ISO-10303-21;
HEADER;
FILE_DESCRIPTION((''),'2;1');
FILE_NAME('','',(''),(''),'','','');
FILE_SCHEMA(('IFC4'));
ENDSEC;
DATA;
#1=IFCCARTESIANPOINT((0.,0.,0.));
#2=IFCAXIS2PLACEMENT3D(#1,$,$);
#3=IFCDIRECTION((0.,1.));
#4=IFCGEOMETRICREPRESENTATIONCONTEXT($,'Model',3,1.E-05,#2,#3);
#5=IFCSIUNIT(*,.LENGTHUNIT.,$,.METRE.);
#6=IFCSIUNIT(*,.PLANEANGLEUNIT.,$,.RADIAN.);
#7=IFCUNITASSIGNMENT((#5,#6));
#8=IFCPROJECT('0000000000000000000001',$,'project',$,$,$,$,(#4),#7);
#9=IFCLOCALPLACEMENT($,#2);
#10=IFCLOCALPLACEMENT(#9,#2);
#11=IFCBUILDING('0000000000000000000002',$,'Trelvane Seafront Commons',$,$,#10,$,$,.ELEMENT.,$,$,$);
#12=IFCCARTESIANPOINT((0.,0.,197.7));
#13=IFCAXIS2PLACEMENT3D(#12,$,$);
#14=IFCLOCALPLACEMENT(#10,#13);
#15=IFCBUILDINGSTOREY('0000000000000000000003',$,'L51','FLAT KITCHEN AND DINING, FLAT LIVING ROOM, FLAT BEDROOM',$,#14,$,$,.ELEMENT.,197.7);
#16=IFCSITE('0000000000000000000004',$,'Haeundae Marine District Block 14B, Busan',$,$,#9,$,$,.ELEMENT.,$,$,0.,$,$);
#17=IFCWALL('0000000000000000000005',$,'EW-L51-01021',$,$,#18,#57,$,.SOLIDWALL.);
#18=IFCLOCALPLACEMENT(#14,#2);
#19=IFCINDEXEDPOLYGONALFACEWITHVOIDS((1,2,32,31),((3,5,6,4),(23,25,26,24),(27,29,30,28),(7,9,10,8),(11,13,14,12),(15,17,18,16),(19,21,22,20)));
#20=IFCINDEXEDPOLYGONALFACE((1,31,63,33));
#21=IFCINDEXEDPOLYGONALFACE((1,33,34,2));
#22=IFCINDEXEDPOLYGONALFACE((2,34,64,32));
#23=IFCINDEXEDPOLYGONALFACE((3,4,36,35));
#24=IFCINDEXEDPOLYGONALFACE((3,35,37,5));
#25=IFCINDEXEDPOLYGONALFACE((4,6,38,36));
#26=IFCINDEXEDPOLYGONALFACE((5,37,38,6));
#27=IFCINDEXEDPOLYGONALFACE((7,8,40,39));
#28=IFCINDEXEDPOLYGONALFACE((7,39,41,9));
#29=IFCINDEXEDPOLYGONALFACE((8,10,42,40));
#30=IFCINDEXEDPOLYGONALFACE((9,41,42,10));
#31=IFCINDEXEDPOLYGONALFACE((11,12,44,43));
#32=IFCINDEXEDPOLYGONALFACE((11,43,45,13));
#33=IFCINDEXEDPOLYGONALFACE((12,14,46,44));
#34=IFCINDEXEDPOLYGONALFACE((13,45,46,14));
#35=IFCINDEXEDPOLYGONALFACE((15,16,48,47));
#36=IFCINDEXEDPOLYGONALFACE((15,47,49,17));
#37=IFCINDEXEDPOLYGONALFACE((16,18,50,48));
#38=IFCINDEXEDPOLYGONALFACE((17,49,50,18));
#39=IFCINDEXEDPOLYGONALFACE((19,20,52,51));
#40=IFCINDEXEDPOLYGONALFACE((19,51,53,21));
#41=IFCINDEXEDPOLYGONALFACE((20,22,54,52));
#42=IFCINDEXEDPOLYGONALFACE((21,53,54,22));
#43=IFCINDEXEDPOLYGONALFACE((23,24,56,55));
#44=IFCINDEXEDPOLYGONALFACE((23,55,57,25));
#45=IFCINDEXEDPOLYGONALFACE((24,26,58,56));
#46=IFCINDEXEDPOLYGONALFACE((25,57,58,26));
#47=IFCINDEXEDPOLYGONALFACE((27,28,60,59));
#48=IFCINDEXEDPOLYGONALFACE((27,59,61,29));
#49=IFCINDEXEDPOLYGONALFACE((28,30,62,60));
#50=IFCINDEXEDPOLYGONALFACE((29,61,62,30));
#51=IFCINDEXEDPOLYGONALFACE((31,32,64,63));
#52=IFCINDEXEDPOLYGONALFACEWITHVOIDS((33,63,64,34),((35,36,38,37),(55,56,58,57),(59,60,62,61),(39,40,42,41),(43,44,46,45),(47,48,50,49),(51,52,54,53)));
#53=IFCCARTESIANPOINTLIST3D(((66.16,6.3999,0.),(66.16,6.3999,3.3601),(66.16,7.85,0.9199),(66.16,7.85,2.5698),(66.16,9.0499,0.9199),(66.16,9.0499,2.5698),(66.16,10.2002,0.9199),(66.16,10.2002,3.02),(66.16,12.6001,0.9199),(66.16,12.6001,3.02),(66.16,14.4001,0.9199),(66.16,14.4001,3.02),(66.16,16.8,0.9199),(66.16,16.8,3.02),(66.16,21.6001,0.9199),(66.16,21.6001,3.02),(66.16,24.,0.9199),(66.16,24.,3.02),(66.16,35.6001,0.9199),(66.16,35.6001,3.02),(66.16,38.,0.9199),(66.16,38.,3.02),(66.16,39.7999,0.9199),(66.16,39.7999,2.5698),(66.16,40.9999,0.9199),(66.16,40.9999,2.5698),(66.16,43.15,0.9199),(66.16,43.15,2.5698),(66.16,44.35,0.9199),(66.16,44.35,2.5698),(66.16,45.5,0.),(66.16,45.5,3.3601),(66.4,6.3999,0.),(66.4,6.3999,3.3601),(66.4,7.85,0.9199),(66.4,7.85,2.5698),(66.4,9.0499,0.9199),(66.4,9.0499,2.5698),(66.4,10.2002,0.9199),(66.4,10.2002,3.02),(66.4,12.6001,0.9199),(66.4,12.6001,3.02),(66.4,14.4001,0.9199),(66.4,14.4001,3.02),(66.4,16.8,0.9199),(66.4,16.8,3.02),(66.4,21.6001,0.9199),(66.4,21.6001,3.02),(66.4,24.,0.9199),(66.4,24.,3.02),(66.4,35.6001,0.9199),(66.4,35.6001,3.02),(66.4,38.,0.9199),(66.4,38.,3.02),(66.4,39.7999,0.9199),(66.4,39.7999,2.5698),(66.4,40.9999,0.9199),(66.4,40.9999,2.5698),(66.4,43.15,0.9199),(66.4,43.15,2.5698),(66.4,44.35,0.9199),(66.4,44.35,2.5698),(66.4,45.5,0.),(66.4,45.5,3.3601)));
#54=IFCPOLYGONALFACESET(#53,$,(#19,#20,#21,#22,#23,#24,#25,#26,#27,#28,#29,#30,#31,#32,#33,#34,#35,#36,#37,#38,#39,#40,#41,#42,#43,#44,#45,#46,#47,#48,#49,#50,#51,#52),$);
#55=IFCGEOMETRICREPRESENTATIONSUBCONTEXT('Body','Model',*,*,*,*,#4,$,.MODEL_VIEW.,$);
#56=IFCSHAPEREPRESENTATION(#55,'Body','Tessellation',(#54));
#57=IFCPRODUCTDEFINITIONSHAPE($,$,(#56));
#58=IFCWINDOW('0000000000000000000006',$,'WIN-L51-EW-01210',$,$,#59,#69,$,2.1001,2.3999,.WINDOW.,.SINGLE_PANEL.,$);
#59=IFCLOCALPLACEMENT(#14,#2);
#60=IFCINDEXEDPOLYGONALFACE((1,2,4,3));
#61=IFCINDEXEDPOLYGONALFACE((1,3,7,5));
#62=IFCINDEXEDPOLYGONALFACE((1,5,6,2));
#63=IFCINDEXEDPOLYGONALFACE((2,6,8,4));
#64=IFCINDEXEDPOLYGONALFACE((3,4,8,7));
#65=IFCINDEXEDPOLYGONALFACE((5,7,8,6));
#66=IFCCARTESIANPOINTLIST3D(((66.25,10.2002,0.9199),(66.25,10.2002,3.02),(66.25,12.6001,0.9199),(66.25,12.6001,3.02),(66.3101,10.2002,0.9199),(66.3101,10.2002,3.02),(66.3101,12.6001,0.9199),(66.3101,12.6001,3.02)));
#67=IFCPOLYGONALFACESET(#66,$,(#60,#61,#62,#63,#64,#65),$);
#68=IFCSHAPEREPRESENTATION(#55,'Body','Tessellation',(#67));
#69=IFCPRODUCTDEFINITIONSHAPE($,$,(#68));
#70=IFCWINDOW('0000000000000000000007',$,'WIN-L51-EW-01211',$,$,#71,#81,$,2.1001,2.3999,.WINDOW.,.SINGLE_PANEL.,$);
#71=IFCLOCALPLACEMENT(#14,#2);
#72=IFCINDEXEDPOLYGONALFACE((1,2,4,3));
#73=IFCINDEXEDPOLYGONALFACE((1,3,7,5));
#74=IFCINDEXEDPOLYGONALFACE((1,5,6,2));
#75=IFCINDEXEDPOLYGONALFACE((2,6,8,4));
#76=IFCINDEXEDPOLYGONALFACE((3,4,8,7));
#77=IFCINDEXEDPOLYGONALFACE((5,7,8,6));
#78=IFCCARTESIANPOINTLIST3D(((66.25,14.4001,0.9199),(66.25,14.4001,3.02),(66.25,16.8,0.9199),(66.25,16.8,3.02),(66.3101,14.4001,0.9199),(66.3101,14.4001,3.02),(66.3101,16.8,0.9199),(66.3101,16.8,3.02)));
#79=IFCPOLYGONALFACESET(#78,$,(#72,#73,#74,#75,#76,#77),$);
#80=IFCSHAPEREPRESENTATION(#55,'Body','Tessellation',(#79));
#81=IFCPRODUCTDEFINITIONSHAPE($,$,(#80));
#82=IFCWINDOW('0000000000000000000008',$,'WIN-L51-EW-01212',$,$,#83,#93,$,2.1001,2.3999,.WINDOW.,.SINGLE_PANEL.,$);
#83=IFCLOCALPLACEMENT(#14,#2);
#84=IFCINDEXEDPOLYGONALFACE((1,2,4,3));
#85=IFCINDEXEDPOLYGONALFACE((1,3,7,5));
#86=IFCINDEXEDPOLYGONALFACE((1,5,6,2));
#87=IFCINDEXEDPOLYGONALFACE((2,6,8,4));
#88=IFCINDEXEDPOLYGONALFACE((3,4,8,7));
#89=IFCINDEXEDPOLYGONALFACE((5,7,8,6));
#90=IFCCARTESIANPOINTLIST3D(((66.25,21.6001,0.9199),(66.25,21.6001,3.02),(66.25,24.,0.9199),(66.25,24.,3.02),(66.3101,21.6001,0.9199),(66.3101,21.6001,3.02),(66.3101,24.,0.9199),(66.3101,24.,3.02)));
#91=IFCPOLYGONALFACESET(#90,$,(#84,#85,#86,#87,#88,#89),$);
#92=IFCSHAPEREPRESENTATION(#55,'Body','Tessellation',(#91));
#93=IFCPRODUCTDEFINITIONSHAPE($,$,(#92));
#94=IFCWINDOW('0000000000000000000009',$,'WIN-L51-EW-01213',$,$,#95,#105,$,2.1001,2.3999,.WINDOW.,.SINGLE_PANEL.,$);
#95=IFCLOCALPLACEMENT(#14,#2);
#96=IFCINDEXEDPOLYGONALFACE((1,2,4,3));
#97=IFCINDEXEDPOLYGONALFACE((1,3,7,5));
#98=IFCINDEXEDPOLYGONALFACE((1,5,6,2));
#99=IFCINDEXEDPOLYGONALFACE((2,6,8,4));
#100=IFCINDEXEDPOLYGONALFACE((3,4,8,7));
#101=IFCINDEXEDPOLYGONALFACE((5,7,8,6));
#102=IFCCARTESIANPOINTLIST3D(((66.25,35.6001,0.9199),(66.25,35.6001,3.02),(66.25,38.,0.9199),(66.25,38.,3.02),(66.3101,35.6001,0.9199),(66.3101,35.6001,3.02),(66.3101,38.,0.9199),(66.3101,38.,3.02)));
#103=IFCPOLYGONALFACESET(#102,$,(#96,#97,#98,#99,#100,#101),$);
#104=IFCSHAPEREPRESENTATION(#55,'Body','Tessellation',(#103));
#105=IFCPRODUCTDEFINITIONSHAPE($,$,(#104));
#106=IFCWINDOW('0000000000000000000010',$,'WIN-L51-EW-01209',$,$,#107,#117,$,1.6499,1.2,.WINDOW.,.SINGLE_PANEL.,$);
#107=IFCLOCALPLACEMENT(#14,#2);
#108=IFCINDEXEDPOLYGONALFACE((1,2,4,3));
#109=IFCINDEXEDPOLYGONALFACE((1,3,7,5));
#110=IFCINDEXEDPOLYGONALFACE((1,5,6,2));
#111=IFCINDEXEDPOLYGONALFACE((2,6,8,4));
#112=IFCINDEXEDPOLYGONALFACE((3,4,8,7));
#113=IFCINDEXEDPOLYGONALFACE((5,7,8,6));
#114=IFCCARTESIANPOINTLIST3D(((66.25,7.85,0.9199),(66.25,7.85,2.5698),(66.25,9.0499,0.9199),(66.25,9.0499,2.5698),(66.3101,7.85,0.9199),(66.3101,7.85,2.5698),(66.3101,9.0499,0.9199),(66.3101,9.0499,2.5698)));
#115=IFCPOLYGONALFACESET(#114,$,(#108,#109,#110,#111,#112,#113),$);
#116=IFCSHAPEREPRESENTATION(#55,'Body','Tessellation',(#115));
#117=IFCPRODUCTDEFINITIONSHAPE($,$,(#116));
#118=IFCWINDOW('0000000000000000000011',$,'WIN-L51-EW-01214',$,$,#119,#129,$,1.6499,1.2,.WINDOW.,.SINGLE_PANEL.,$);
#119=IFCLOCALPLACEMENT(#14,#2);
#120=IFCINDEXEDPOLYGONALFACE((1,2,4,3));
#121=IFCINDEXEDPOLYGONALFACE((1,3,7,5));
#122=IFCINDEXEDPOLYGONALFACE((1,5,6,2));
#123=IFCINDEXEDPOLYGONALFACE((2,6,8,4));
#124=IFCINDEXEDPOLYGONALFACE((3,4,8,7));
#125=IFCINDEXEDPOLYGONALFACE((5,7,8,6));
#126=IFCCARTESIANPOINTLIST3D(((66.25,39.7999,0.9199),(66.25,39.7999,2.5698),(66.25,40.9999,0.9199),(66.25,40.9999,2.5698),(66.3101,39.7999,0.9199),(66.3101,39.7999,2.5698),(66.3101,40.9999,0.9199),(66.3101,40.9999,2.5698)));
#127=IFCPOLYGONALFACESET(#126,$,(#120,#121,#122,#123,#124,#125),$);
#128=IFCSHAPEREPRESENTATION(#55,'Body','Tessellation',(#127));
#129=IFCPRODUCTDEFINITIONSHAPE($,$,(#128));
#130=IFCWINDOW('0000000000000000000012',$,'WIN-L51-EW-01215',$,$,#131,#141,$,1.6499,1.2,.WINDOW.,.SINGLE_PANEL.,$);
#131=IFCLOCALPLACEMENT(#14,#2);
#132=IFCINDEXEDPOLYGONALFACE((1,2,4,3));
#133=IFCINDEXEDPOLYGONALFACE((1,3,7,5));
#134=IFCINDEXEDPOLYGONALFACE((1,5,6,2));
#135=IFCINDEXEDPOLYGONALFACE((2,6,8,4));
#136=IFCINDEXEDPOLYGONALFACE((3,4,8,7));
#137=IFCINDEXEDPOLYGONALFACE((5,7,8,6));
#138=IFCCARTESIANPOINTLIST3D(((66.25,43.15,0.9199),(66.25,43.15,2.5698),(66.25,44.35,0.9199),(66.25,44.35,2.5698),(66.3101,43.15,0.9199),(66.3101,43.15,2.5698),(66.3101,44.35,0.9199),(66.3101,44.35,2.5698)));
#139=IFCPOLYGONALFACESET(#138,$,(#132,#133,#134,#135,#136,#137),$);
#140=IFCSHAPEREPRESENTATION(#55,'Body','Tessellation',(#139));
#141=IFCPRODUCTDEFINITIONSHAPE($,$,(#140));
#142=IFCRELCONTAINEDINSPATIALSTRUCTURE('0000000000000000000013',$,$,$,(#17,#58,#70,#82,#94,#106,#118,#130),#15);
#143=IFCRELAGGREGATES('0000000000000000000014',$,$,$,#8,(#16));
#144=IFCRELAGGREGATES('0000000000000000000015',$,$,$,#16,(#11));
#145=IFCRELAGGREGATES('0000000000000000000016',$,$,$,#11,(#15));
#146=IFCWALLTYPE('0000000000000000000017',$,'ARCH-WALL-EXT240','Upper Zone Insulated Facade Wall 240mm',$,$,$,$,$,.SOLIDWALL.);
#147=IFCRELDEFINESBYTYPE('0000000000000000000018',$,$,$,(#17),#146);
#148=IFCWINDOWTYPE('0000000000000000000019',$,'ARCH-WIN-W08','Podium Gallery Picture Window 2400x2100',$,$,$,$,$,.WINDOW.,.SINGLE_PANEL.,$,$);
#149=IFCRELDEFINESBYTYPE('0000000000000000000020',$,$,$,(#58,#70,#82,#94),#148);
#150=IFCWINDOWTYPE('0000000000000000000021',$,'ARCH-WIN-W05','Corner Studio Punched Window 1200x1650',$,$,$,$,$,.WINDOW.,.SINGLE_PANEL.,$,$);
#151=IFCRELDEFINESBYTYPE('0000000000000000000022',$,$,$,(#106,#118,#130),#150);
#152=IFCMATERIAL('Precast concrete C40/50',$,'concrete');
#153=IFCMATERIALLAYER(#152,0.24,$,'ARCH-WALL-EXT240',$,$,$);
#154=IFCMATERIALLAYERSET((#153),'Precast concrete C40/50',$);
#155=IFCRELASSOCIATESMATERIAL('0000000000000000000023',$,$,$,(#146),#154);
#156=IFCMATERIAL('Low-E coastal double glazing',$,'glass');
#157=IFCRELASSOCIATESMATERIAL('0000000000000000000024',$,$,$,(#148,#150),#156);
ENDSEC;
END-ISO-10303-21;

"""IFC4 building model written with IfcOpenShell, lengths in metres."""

from ifc_helpers import new_model, si_unit, direction, frame, frame_2d, origin, place, context, subcontext, project, spatial, rectangle, extrude, source, transform, mapped, material, layer, layer_set, type_object, element, fill, save


model = new_model("IFC4")

# Units and contexts
model_context = context("Model", 3, precision=1e-05, world=origin(), true_north=direction((0.0, 1.0)))
body_context = subcontext(model_context, "Body", "Model", "MODEL_VIEW")
ifc_project = project(units=[si_unit("LENGTHUNIT", "METRE"), si_unit("PLANEANGLEUNIT", "RADIAN")], contexts=[model_context])

# Site, building, storey
site_placement = place(None, origin())
site = spatial("IfcSite", under=ifc_project, at=site_placement, Name="Haeundae Marine District Block 14B, Busan", CompositionType="ELEMENT", RefElevation=0.0)
building_placement = place(site_placement, origin())
building = spatial("IfcBuilding", under=site, at=building_placement, Name="Trelvane Seafront Commons", CompositionType="ELEMENT")
storey_placement = place(building_placement, frame((0.0, 0.0, 197.7)))
storey = spatial("IfcBuildingStorey", under=building, at=storey_placement, Name="L51", Description="FLAT KITCHEN AND DINING, FLAT LIVING ROOM, FLAT BEDROOM", CompositionType="ELEMENT", Elevation=197.7)

# Shared definitions
ifc_material_1 = material(Name="Low-E coastal double glazing", Category="glass")

# Shared definitions
ifc_material_2 = material(Name="Precast concrete C40/50", Category="concrete")
ifc_layer_1 = layer(ifc_material_2, 0.24, Name="ARCH-WALL-EXT240")
ifc_layer_set_1 = layer_set([ifc_layer_1], Name="Precast concrete C40/50")
wall_type = type_object("IfcWallType", Name="ARCH-WALL-EXT240", Description="Upper Zone Insulated Facade Wall 240mm", PredefinedType="SOLIDWALL", material=ifc_layer_set_1)

# Wall, openings, windows
wall_1_placement = place(storey_placement, frame((66.28, 45.5, 0.0), z_axis=(0.0, 0.0, 1.0), x_axis=(0.0, -1.0, 0.0)))
wall_1 = element("IfcWall", 1, at=wall_1_placement, inside=storey, type_object=wall_type, Name="EW-L51-01021", PredefinedType="SOLIDWALL", context=body_context, shape_type="SweptSolid", body=[
    extrude(rectangle(XDim=39.1001, YDim=0.24, at=frame_2d((19.55, 0.0))), origin(), (0.0, 0.0, 1.0), 3.3601),
])
opening_1_placement = place(wall_1_placement, frame((36.45, 0.0, 0.9199)))
opening_1 = element("IfcOpeningElement", 2, at=opening_1_placement, cuts=wall_1, PredefinedType="OPENING", context=body_context, shape_type="SweptSolid", body=[
    extrude(rectangle(XDim=1.2, YDim=1.6499, at=frame_2d((0.6001, 0.825))), frame((0.0, 0.1299, 0.0), z_axis=(0.0, -1.0, 0.0), x_axis=(1.0, 0.0, 0.0)), (0.0, 0.0, 1.0), 0.26),
])
opening_2_placement = place(wall_1_placement, frame((32.8999, 0.0, 0.9199)))
opening_2 = element("IfcOpeningElement", 3, at=opening_2_placement, cuts=wall_1, PredefinedType="OPENING", context=body_context, shape_type="SweptSolid", body=[
    extrude(rectangle(XDim=2.3999, YDim=2.1001, at=frame_2d((1.2, 1.05))), frame((0.0, 0.1299, 0.0), z_axis=(0.0, -1.0, 0.0), x_axis=(1.0, 0.0, 0.0)), (0.0, 0.0, 1.0), 0.26),
])
opening_3_placement = place(wall_1_placement, frame((28.7, 0.0, 0.9199)))
opening_3 = element("IfcOpeningElement", 4, at=opening_3_placement, cuts=wall_1, PredefinedType="OPENING", context=body_context, shape_type="SweptSolid", body=[
    extrude(rectangle(XDim=2.3999, YDim=2.1001, at=frame_2d((1.2, 1.05))), frame((0.0, 0.1299, 0.0), z_axis=(0.0, -1.0, 0.0), x_axis=(1.0, 0.0, 0.0)), (0.0, 0.0, 1.0), 0.26),
])
opening_4_placement = place(wall_1_placement, frame((21.5, 0.0, 0.9199)))
opening_4 = element("IfcOpeningElement", 5, at=opening_4_placement, cuts=wall_1, PredefinedType="OPENING", context=body_context, shape_type="SweptSolid", body=[
    extrude(rectangle(XDim=2.3999, YDim=2.1001, at=frame_2d((1.2, 1.05))), frame((0.0, 0.1299, 0.0), z_axis=(0.0, -1.0, 0.0), x_axis=(1.0, 0.0, 0.0)), (0.0, 0.0, 1.0), 0.26),
])
opening_5_placement = place(wall_1_placement, frame((7.5, 0.0, 0.9199)))
opening_5 = element("IfcOpeningElement", 6, at=opening_5_placement, cuts=wall_1, PredefinedType="OPENING", context=body_context, shape_type="SweptSolid", body=[
    extrude(rectangle(XDim=2.3999, YDim=2.1001, at=frame_2d((1.2, 1.05))), frame((0.0, 0.1299, 0.0), z_axis=(0.0, -1.0, 0.0), x_axis=(1.0, 0.0, 0.0)), (0.0, 0.0, 1.0), 0.26),
])
opening_6_placement = place(wall_1_placement, frame((4.5, 0.0, 0.9199)))
opening_6 = element("IfcOpeningElement", 7, at=opening_6_placement, cuts=wall_1, PredefinedType="OPENING", context=body_context, shape_type="SweptSolid", body=[
    extrude(rectangle(XDim=1.2, YDim=1.6499, at=frame_2d((0.6001, 0.825))), frame((0.0, 0.1299, 0.0), z_axis=(0.0, -1.0, 0.0), x_axis=(1.0, 0.0, 0.0)), (0.0, 0.0, 1.0), 0.26),
])
opening_7_placement = place(wall_1_placement, frame((1.1499, 0.0, 0.9199)))
opening_7 = element("IfcOpeningElement", 8, at=opening_7_placement, cuts=wall_1, PredefinedType="OPENING", context=body_context, shape_type="SweptSolid", body=[
    extrude(rectangle(XDim=1.2, YDim=1.6499, at=frame_2d((0.6001, 0.825))), frame((0.0, 0.1299, 0.0), z_axis=(0.0, -1.0, 0.0), x_axis=(1.0, 0.0, 0.0)), (0.0, 0.0, 1.0), 0.26),
])
window_type_1 = type_object("IfcWindowType", Name="ARCH-WIN-W08", Description="Podium Gallery Picture Window 2400x2100", PartitioningType="SINGLE_PANEL", PredefinedType="WINDOW", material=ifc_material_1)
shared_shape_1 = source(origin(), body_context, "Body", "SweptSolid", [
    extrude(rectangle(XDim=2.3999, YDim=2.1001, at=frame_2d((1.2, 1.05))), frame((0.0, 0.03, 0.0), z_axis=(0.0, -1.0, 0.0), x_axis=(1.0, 0.0, 0.0)), (0.0, 0.0, 1.0), 0.0601),
])
window_1_placement = place(opening_2_placement, origin())
window_1 = element("IfcWindow", 9, at=window_1_placement, inside=storey, type_object=window_type_1, Name="WIN-L51-EW-01210", OverallHeight=2.1001, OverallWidth=2.3999, PartitioningType="SINGLE_PANEL", PredefinedType="WINDOW", context=body_context, shape_type="MappedRepresentation", body=[
    mapped(shared_shape_1, transform((0.0, 0.0, 0.0), x_axis=(1.0, 0.0, 0.0), y_axis=(0.0, 1.0, 0.0), z_axis=(0.0, 0.0, 1.0), scale=1.0)),
])
fill(opening_2, window_1)
window_2_placement = place(opening_3_placement, origin())
window_2 = element("IfcWindow", 10, at=window_2_placement, inside=storey, type_object=window_type_1, Name="WIN-L51-EW-01211", OverallHeight=2.1001, OverallWidth=2.3999, PartitioningType="SINGLE_PANEL", PredefinedType="WINDOW", context=body_context, shape_type="MappedRepresentation", body=[
    mapped(shared_shape_1, transform((0.0, 0.0, 0.0), x_axis=(1.0, 0.0, 0.0), y_axis=(0.0, 1.0, 0.0), z_axis=(0.0, 0.0, 1.0), scale=1.0)),
])
fill(opening_3, window_2)
window_3_placement = place(opening_4_placement, origin())
window_3 = element("IfcWindow", 11, at=window_3_placement, inside=storey, type_object=window_type_1, Name="WIN-L51-EW-01212", OverallHeight=2.1001, OverallWidth=2.3999, PartitioningType="SINGLE_PANEL", PredefinedType="WINDOW", context=body_context, shape_type="MappedRepresentation", body=[
    mapped(shared_shape_1, transform((0.0, 0.0, 0.0), x_axis=(1.0, 0.0, 0.0), y_axis=(0.0, 1.0, 0.0), z_axis=(0.0, 0.0, 1.0), scale=1.0)),
])
fill(opening_4, window_3)
window_4_placement = place(opening_5_placement, origin())
window_4 = element("IfcWindow", 12, at=window_4_placement, inside=storey, type_object=window_type_1, Name="WIN-L51-EW-01213", OverallHeight=2.1001, OverallWidth=2.3999, PartitioningType="SINGLE_PANEL", PredefinedType="WINDOW", context=body_context, shape_type="MappedRepresentation", body=[
    mapped(shared_shape_1, transform((0.0, 0.0, 0.0), x_axis=(1.0, 0.0, 0.0), y_axis=(0.0, 1.0, 0.0), z_axis=(0.0, 0.0, 1.0), scale=1.0)),
])
fill(opening_5, window_4)
window_type_2 = type_object("IfcWindowType", Name="ARCH-WIN-W05", Description="Corner Studio Punched Window 1200x1650", PartitioningType="SINGLE_PANEL", PredefinedType="WINDOW", material=ifc_material_1)
shared_shape_2 = source(origin(), body_context, "Body", "SweptSolid", [
    extrude(rectangle(XDim=1.2, YDim=1.6499, at=frame_2d((0.6001, 0.825))), frame((0.0, 0.03, 0.0), z_axis=(0.0, -1.0, 0.0), x_axis=(1.0, 0.0, 0.0)), (0.0, 0.0, 1.0), 0.0601),
])
window_5_placement = place(opening_1_placement, origin())
window_5 = element("IfcWindow", 13, at=window_5_placement, inside=storey, type_object=window_type_2, Name="WIN-L51-EW-01209", OverallHeight=1.6499, OverallWidth=1.2, PartitioningType="SINGLE_PANEL", PredefinedType="WINDOW", context=body_context, shape_type="MappedRepresentation", body=[
    mapped(shared_shape_2, transform((0.0, 0.0, 0.0), x_axis=(1.0, 0.0, 0.0), y_axis=(0.0, 1.0, 0.0), z_axis=(0.0, 0.0, 1.0), scale=1.0)),
])
fill(opening_1, window_5)
window_6_placement = place(opening_6_placement, origin())
window_6 = element("IfcWindow", 14, at=window_6_placement, inside=storey, type_object=window_type_2, Name="WIN-L51-EW-01214", OverallHeight=1.6499, OverallWidth=1.2, PartitioningType="SINGLE_PANEL", PredefinedType="WINDOW", context=body_context, shape_type="MappedRepresentation", body=[
    mapped(shared_shape_2, transform((0.0, 0.0, 0.0), x_axis=(1.0, 0.0, 0.0), y_axis=(0.0, 1.0, 0.0), z_axis=(0.0, 0.0, 1.0), scale=1.0)),
])
fill(opening_6, window_6)
window_7_placement = place(opening_7_placement, origin())
window_7 = element("IfcWindow", 15, at=window_7_placement, inside=storey, type_object=window_type_2, Name="WIN-L51-EW-01215", OverallHeight=1.6499, OverallWidth=1.2, PartitioningType="SINGLE_PANEL", PredefinedType="WINDOW", context=body_context, shape_type="MappedRepresentation", body=[
    mapped(shared_shape_2, transform((0.0, 0.0, 0.0), x_axis=(1.0, 0.0, 0.0), y_axis=(0.0, 1.0, 0.0), z_axis=(0.0, 0.0, 1.0), scale=1.0)),
])
fill(opening_7, window_7)

save(model, "model.ifc")
